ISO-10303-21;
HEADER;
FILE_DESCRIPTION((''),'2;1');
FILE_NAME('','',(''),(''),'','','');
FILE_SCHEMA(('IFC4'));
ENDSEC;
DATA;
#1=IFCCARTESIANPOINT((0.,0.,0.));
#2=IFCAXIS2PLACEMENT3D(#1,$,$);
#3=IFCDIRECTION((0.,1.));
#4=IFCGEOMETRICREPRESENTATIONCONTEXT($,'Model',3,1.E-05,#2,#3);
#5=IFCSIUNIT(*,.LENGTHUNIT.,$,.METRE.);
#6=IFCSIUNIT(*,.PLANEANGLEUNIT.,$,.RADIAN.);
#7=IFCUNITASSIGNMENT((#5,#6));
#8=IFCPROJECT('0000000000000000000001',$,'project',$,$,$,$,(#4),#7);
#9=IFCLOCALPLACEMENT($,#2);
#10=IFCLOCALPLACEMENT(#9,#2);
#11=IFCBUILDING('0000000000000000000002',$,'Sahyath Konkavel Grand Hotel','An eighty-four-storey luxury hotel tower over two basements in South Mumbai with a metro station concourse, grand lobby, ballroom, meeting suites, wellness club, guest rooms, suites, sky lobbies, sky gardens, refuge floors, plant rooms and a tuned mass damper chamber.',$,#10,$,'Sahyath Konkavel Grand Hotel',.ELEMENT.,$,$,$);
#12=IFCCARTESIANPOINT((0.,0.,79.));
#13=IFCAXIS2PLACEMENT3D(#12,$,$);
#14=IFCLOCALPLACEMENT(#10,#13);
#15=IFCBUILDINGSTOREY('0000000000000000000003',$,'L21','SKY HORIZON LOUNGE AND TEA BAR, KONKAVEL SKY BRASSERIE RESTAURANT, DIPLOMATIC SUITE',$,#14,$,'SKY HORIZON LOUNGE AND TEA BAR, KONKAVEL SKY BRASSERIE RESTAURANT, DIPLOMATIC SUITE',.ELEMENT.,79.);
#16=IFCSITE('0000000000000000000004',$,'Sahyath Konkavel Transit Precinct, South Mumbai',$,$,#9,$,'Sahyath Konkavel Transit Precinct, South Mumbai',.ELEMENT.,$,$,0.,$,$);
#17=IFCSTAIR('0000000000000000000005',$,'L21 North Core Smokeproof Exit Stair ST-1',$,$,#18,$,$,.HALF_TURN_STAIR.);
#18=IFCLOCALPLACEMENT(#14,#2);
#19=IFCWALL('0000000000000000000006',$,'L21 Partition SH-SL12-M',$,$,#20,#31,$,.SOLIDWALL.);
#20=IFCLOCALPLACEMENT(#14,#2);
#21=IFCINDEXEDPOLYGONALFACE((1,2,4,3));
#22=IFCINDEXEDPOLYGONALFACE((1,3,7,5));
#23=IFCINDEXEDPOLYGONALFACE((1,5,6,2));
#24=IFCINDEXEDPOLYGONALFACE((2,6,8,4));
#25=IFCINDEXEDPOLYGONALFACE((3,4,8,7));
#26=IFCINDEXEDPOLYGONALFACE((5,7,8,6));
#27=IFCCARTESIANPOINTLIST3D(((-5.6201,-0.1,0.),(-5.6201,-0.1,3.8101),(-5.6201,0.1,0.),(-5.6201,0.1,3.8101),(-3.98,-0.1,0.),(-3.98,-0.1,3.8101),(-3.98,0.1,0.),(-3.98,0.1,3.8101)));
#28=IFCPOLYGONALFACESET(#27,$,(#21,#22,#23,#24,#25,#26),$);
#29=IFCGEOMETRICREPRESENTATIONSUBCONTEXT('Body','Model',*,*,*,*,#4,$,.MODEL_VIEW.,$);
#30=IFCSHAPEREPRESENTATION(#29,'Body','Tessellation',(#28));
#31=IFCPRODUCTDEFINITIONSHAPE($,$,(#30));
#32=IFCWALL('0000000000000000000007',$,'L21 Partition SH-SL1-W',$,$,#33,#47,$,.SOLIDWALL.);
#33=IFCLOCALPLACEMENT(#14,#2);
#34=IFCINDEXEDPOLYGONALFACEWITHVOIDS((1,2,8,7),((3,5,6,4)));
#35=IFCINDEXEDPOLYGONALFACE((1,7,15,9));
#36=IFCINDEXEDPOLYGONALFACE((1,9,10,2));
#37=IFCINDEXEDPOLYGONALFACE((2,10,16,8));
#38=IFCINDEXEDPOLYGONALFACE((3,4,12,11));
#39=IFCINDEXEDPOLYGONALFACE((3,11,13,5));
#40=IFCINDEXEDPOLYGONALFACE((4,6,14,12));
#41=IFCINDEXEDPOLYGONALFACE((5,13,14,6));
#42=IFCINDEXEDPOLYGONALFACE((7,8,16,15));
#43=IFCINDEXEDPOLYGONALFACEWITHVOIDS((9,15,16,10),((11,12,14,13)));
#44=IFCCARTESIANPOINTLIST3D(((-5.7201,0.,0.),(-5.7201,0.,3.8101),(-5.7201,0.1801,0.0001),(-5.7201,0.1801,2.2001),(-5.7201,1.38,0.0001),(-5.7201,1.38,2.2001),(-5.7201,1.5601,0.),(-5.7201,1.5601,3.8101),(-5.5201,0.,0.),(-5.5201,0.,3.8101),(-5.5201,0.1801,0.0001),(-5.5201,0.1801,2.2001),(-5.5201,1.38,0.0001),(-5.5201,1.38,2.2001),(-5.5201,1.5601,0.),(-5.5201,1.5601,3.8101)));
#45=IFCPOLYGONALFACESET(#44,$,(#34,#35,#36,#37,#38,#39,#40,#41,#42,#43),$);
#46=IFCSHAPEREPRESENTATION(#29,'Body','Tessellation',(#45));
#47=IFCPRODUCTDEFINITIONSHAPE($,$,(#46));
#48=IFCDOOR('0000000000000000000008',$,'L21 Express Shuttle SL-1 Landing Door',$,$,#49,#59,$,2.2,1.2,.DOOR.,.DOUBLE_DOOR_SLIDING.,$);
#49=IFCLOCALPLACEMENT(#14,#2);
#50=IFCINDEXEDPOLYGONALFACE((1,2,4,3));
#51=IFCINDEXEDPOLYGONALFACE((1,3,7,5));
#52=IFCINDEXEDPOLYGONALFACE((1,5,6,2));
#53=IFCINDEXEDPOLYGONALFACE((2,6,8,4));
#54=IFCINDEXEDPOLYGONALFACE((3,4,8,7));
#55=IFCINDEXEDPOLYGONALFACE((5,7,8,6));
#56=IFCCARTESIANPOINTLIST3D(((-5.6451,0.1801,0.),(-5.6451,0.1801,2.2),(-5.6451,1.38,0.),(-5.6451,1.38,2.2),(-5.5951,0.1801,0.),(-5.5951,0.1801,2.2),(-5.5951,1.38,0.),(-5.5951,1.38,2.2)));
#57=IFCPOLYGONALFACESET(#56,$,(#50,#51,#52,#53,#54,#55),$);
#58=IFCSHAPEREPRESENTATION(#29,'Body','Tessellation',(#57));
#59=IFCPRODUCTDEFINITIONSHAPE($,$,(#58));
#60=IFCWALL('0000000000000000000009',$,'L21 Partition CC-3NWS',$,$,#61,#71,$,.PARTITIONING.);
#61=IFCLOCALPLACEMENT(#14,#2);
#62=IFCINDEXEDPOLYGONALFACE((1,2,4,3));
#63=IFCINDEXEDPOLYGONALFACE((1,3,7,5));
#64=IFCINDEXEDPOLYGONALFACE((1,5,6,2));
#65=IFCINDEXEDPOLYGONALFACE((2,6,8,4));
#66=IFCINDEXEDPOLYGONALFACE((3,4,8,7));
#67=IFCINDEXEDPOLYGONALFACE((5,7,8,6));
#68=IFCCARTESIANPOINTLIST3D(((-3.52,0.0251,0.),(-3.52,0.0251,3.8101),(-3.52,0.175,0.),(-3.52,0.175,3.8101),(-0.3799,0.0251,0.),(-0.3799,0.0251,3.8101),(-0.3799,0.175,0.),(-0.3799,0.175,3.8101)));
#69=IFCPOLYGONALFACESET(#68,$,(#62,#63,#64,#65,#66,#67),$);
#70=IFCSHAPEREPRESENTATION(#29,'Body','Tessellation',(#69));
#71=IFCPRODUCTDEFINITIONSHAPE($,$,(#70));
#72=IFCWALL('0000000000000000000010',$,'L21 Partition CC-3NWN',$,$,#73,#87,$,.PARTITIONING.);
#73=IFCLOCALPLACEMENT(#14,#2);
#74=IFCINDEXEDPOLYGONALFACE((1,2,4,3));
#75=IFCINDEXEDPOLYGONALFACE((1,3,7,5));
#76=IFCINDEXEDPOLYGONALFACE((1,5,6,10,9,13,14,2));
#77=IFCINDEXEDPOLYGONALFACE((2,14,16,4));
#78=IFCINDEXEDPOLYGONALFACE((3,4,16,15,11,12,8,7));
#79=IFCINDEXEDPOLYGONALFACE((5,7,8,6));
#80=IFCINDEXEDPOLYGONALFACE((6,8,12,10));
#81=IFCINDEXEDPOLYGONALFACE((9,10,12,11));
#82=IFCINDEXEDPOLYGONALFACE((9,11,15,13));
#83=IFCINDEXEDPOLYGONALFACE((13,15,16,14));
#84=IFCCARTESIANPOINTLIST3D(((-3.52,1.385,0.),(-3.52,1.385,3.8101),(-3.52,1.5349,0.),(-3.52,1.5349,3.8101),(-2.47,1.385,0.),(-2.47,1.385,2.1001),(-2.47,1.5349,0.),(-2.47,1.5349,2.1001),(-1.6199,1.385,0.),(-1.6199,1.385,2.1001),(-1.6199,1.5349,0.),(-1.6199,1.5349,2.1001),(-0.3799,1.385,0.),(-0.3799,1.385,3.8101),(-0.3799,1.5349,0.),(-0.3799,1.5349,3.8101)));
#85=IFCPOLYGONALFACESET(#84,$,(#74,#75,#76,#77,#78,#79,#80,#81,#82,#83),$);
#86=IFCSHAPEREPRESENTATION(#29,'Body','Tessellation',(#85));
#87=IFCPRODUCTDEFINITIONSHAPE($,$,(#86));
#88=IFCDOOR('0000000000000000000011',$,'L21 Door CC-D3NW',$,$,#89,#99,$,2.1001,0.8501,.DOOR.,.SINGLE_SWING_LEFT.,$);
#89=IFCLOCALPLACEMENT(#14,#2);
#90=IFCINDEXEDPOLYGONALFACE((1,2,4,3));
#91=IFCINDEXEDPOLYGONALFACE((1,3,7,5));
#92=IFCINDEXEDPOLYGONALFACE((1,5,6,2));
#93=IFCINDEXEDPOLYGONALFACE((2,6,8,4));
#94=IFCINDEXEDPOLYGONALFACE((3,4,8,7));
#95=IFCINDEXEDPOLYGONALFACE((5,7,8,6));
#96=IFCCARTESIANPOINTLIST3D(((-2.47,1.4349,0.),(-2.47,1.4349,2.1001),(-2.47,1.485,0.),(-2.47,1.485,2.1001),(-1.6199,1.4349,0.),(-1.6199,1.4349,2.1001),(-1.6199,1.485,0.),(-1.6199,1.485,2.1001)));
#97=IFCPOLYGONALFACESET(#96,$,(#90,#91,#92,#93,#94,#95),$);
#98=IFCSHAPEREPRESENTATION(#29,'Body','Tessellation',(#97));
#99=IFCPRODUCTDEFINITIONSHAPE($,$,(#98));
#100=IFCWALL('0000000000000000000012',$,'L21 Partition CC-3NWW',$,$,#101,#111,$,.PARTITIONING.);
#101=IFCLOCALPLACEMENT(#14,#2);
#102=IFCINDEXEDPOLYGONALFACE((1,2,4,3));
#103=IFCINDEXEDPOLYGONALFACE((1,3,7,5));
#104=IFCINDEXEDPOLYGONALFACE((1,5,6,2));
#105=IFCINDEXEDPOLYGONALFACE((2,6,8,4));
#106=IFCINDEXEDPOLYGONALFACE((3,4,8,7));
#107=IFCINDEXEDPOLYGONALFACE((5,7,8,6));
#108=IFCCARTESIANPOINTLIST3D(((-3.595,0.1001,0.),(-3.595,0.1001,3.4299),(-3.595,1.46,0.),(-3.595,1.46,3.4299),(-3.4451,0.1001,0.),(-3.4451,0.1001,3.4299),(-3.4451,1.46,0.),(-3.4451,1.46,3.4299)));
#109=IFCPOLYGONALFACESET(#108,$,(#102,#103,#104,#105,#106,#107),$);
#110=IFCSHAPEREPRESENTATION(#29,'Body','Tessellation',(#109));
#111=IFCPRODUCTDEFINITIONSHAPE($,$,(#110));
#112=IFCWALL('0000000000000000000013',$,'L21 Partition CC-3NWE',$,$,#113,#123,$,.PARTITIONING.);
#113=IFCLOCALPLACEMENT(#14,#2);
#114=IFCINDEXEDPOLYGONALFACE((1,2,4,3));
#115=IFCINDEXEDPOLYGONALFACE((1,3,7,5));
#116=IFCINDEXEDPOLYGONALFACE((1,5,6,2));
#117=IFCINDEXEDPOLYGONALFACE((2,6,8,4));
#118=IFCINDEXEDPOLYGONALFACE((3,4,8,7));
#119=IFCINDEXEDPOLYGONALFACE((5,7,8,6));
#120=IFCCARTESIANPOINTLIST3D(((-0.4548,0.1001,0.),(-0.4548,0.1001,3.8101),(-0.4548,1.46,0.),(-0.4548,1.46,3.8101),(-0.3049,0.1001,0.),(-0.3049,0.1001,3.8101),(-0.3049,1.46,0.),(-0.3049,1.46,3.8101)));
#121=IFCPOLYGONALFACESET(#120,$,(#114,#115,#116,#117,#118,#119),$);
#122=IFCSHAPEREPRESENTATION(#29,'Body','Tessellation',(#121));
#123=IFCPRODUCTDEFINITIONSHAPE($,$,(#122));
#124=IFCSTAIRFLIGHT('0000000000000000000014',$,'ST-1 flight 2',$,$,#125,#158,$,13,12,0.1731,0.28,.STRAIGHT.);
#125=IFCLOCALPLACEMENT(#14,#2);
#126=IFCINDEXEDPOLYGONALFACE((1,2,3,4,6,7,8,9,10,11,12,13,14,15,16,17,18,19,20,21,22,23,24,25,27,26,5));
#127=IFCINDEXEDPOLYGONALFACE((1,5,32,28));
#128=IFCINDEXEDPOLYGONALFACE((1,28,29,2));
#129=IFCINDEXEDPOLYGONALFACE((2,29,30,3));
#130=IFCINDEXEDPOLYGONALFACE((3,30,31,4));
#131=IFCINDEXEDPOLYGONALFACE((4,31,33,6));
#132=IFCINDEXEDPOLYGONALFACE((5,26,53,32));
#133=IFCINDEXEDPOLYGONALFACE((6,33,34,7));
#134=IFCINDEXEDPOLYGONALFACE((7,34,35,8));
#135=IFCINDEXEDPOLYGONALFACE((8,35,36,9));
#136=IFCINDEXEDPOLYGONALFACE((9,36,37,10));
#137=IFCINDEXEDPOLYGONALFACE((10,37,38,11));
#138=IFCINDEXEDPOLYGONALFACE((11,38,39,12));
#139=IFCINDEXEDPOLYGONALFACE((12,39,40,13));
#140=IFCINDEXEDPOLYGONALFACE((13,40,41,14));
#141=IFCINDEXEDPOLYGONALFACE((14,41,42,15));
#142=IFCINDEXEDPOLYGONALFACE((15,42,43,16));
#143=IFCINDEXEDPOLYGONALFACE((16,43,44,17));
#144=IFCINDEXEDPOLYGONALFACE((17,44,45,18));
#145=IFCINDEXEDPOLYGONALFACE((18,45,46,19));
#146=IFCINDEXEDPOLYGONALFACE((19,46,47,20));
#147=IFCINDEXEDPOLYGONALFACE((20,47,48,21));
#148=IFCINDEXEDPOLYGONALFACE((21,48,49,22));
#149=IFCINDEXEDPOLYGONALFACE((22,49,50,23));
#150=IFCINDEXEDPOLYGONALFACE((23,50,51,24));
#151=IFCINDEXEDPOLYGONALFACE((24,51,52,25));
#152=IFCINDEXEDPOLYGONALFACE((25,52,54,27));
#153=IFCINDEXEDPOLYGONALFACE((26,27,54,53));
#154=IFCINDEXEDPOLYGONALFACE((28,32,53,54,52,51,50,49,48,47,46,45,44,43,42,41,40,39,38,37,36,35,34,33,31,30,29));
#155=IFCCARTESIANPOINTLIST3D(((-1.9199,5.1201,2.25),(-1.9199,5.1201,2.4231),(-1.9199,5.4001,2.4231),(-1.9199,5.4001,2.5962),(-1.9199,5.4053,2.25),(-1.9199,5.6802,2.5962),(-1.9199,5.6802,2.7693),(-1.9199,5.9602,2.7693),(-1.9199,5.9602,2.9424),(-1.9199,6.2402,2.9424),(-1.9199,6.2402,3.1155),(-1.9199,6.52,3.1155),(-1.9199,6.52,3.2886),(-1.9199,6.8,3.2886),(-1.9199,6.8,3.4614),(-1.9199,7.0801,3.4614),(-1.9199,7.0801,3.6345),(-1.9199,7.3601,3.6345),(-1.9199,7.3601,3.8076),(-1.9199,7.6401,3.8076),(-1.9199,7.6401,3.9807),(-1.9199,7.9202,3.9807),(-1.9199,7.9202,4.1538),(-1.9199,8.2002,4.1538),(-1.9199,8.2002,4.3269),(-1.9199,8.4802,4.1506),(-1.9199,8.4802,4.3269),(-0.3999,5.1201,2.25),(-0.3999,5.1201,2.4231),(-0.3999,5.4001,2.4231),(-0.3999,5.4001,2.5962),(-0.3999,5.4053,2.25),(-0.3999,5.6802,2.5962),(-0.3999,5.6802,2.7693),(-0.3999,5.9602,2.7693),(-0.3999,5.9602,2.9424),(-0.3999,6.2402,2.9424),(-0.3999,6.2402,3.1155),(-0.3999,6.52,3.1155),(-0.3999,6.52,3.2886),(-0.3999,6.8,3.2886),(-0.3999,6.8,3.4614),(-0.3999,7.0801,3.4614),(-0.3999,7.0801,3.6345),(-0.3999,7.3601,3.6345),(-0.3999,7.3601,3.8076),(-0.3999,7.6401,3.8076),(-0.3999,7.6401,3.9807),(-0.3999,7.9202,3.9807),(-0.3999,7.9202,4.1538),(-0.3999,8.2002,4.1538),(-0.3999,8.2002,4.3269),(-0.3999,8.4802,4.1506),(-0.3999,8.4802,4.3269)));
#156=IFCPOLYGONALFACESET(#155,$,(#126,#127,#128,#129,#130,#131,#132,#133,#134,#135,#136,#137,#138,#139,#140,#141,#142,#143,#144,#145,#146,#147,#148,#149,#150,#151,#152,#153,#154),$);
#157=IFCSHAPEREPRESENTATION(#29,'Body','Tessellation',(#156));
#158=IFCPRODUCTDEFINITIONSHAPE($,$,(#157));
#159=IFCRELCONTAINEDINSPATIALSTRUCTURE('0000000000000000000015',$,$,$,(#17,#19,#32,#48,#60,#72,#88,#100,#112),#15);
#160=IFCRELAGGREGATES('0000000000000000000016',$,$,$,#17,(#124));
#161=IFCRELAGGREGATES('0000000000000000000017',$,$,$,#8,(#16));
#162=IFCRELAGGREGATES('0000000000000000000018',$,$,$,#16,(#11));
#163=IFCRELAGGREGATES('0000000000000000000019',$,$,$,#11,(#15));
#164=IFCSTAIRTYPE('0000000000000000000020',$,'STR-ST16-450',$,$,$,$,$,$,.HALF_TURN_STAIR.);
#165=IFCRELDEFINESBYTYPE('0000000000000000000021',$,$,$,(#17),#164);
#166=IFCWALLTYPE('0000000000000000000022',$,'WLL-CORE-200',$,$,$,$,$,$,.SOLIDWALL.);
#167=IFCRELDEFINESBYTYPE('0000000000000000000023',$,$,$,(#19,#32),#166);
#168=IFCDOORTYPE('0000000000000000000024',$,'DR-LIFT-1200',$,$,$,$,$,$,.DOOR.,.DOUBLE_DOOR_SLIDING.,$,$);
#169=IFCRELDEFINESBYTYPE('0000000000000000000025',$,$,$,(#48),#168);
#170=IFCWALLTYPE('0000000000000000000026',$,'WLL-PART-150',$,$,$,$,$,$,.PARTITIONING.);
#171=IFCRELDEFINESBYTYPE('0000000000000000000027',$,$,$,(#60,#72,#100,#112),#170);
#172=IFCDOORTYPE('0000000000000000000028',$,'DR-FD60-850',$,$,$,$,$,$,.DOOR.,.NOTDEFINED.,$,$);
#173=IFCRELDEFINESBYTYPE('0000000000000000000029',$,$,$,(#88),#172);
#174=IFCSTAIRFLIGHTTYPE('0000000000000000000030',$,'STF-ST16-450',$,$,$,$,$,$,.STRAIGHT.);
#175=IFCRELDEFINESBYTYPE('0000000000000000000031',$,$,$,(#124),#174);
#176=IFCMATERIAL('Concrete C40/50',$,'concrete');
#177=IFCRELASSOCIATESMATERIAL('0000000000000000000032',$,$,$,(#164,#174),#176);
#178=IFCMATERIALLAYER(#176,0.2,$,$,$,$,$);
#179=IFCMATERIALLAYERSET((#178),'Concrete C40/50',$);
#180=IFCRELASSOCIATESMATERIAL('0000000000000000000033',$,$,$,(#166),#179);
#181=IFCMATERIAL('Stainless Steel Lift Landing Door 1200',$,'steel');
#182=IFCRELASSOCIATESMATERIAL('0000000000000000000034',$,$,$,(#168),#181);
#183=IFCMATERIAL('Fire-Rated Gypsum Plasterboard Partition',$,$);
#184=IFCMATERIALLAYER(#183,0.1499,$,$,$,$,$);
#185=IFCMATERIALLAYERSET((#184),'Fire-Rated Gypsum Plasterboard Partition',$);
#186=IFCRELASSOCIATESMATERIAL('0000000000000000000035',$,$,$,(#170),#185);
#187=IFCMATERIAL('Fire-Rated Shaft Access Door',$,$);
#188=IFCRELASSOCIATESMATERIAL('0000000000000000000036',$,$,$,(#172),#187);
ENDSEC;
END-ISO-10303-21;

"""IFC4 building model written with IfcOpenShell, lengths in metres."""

from ifc_helpers import new_model, si_unit, direction, frame, frame_2d, origin, origin_2d, place, context, subcontext, project, spatial, polyline, rectangle, outline, extrude, source, transform, mapped, material, layer, layer_set, type_object, element, fill, aggregate, save


model = new_model("IFC4")

# Units and contexts
model_context = context("Model", 3, precision=1e-05, world=origin(), true_north=direction((0.0, 1.0)))
body_context = subcontext(model_context, "Body", "Model", "MODEL_VIEW")
ifc_project = project(units=[si_unit("LENGTHUNIT", "METRE"), si_unit("PLANEANGLEUNIT", "RADIAN")], contexts=[model_context])

# Site, building, storey
site_placement = place(None, origin())
site = spatial("IfcSite", under=ifc_project, at=site_placement, Name="Sahyath Konkavel Transit Precinct, South Mumbai", LongName="Sahyath Konkavel Transit Precinct, South Mumbai", CompositionType="ELEMENT", RefElevation=0.0)
building_placement = place(site_placement, origin())
building = spatial("IfcBuilding", under=site, at=building_placement, Name="Sahyath Konkavel Grand Hotel", Description="An eighty-four-storey luxury hotel tower over two basements in South Mumbai with a metro station concourse, grand lobby, ballroom, meeting suites, wellness club, guest rooms, suites, sky lobbies, sky gardens, refuge floors, plant rooms and a tuned mass damper chamber.", LongName="Sahyath Konkavel Grand Hotel", CompositionType="ELEMENT")
storey_placement = place(building_placement, frame((0.0, 0.0, 79.0)))
storey = spatial("IfcBuildingStorey", under=building, at=storey_placement, Name="L21", Description="SKY HORIZON LOUNGE AND TEA BAR, KONKAVEL SKY BRASSERIE RESTAURANT, DIPLOMATIC SUITE", LongName="SKY HORIZON LOUNGE AND TEA BAR, KONKAVEL SKY BRASSERIE RESTAURANT, DIPLOMATIC SUITE", CompositionType="ELEMENT", Elevation=79.0)

# Stair
ifc_material_1 = material(Name="Concrete C40/50", Category="concrete")
stair_type = type_object("IfcStairType", Name="STR-ST16-450", PredefinedType="HALF_TURN_STAIR", material=ifc_material_1)
stair_1_placement = place(storey_placement, origin())
stair_1 = element("IfcStair", 1, at=stair_1_placement, inside=storey, type_object=stair_type, Name="L21 North Core Smokeproof Exit Stair ST-1", PredefinedType="HALF_TURN_STAIR")

# Wall
ifc_layer_1 = layer(ifc_material_1, 0.2)
ifc_layer_set_1 = layer_set([ifc_layer_1], Name="Concrete C40/50")
wall_type_1 = type_object("IfcWallType", Name="WLL-CORE-200", PredefinedType="SOLIDWALL", material=ifc_layer_set_1)
for number, where, z_axis, x_axis, name in (
    (2, (-5.6201, 0.0, 0.0), (0.0, 0.0, 1.0), (1.0, 0.0, 0.0), "L21 Partition SH-SL12-M"),
):
    element("IfcWall", number, at=place(storey_placement, frame(where, z_axis=z_axis, x_axis=x_axis)), inside=storey, type_object=wall_type_1, Name=name, PredefinedType="SOLIDWALL", context=body_context, shape_type="SweptSolid", body=[
        extrude(rectangle(XDim=1.6401, YDim=0.2, at=frame_2d((0.8201, 0.0))), origin(), (0.0, 0.0, 1.0), 3.8101),
    ])

# Wall, opening, door
wall_1_placement = place(storey_placement, frame((-5.6201, 0.0, 0.0), z_axis=(0.0, 0.0, 1.0), x_axis=(0.0, 1.0, 0.0)))
wall_1 = element("IfcWall", 3, at=wall_1_placement, inside=storey, type_object=wall_type_1, Name="L21 Partition SH-SL1-W", PredefinedType="SOLIDWALL", context=body_context, shape_type="SweptSolid", body=[
    extrude(rectangle(XDim=1.5601, YDim=0.2, at=frame_2d((0.78, 0.0))), origin(), (0.0, 0.0, 1.0), 3.8101),
])
opening_1_placement = place(wall_1_placement, frame((0.1799, 0.0, 0.0)))
opening_1 = element("IfcOpeningElement", 4, at=opening_1_placement, cuts=wall_1, PredefinedType="OPENING", context=body_context, shape_type="SweptSolid", body=[
    extrude(rectangle(XDim=1.2, YDim=2.2, at=frame_2d((0.6001, 1.1001))), frame((0.0, 0.1099, 0.0), z_axis=(0.0, -1.0, 0.0), x_axis=(1.0, 0.0, 0.0)), (0.0, 0.0, 1.0), 0.22),
])
ifc_material_2 = material(Name="Stainless Steel Lift Landing Door 1200", Category="steel")
door_type_1 = type_object("IfcDoorType", Name="DR-LIFT-1200", OperationType="DOUBLE_DOOR_SLIDING", PredefinedType="DOOR", material=ifc_material_2)
shared_shape_1 = source(origin(), body_context, "Body", "SweptSolid", [
    extrude(rectangle(XDim=1.2, YDim=0.05, at=origin_2d()), origin(), (0.0, 0.0, 1.0), 2.2),
])
door_1_placement = place(opening_1_placement, frame((0.6001, 0.0, 0.0)))
door_1 = element("IfcDoor", 5, at=door_1_placement, inside=storey, type_object=door_type_1, Name="L21 Express Shuttle SL-1 Landing Door", OperationType="DOUBLE_DOOR_SLIDING", OverallHeight=2.2, OverallWidth=1.2, PredefinedType="DOOR", context=body_context, shape_type="MappedRepresentation", body=[
    mapped(shared_shape_1, transform((0.0, 0.0, 0.0), scale=1.0)),
])
fill(opening_1, door_1)

# Wall
ifc_material_3 = material(Name="Fire-Rated Gypsum Plasterboard Partition")
ifc_layer_2 = layer(ifc_material_3, 0.1499)
ifc_layer_set_2 = layer_set([ifc_layer_2], Name="Fire-Rated Gypsum Plasterboard Partition")
wall_type_2 = type_object("IfcWallType", Name="WLL-PART-150", PredefinedType="PARTITIONING", material=ifc_layer_set_2)
wall_2_placement = place(storey_placement, frame((-3.52, 0.1001, 0.0), z_axis=(0.0, 0.0, 1.0), x_axis=(1.0, 0.0, 0.0)))
element("IfcWall", 6, at=wall_2_placement, inside=storey, type_object=wall_type_2, Name="L21 Partition CC-3NWS", PredefinedType="PARTITIONING", context=body_context, shape_type="SweptSolid", body=[
    extrude(rectangle(XDim=3.1401, YDim=0.1499, at=frame_2d((1.5701, 0.0))), origin(), (0.0, 0.0, 1.0), 3.8101),
])

# Wall, opening, door
wall_3_placement = place(storey_placement, frame((-3.52, 1.46, 0.0), z_axis=(0.0, 0.0, 1.0), x_axis=(1.0, 0.0, 0.0)))
wall_3 = element("IfcWall", 7, at=wall_3_placement, inside=storey, type_object=wall_type_2, Name="L21 Partition CC-3NWN", PredefinedType="PARTITIONING", context=body_context, shape_type="SweptSolid", body=[
    extrude(rectangle(XDim=3.1401, YDim=0.1499, at=frame_2d((1.5701, 0.0))), origin(), (0.0, 0.0, 1.0), 3.8101),
])
opening_2_placement = place(wall_3_placement, frame((1.05, 0.0, 0.0)))
opening_2 = element("IfcOpeningElement", 8, at=opening_2_placement, cuts=wall_3, PredefinedType="OPENING", context=body_context, shape_type="SweptSolid", body=[
    extrude(rectangle(XDim=0.8501, YDim=2.1001, at=frame_2d((0.425, 1.05))), frame((0.0, 0.085, 0.0), z_axis=(0.0, -1.0, 0.0), x_axis=(1.0, 0.0, 0.0)), (0.0, 0.0, 1.0), 0.1699),
])
ifc_material_4 = material(Name="Fire-Rated Shaft Access Door")
door_type_2 = type_object("IfcDoorType", Name="DR-FD60-850", OperationType="NOTDEFINED", PredefinedType="DOOR", material=ifc_material_4)
shared_shape_2 = source(origin(), body_context, "Body", "SweptSolid", [
    extrude(rectangle(XDim=0.8501, YDim=0.05, at=origin_2d()), origin(), (0.0, 0.0, 1.0), 2.1001),
])
door_2_placement = place(opening_2_placement, frame((0.425, 0.0, 0.0)))
door_2 = element("IfcDoor", 9, at=door_2_placement, inside=storey, type_object=door_type_2, Name="L21 Door CC-D3NW", OperationType="SINGLE_SWING_LEFT", OverallHeight=2.1001, OverallWidth=0.8501, PredefinedType="DOOR", context=body_context, shape_type="MappedRepresentation", body=[
    mapped(shared_shape_2, transform((0.0, 0.0, 0.0), scale=1.0)),
])
fill(opening_2, door_2)

# Walls
wall_4_placement = place(storey_placement, frame((-3.52, 0.1001, 0.0), z_axis=(0.0, 0.0, 1.0), x_axis=(0.0, 1.0, 0.0)))
element("IfcWall", 10, at=wall_4_placement, inside=storey, type_object=wall_type_2, Name="L21 Partition CC-3NWW", PredefinedType="PARTITIONING", context=body_context, shape_type="SweptSolid", body=[
    extrude(rectangle(XDim=1.3599, YDim=0.1499, at=frame_2d((0.6799, 0.0))), origin(), (0.0, 0.0, 1.0), 3.4299),
])
wall_5_placement = place(storey_placement, frame((-0.3799, 0.1001, 0.0), z_axis=(0.0, 0.0, 1.0), x_axis=(0.0, 1.0, 0.0)))
element("IfcWall", 11, at=wall_5_placement, inside=storey, type_object=wall_type_2, Name="L21 Partition CC-3NWE", PredefinedType="PARTITIONING", context=body_context, shape_type="SweptSolid", body=[
    extrude(rectangle(XDim=1.3599, YDim=0.1499, at=frame_2d((0.6799, 0.0))), origin(), (0.0, 0.0, 1.0), 3.8101),
])

# Stair flight
stair_flight_type = type_object("IfcStairFlightType", Name="STF-ST16-450", PredefinedType="STRAIGHT", material=ifc_material_1)
stair_flight_placement = place(storey_placement, frame((-1.1599, 5.1201, 2.25), z_axis=(0.0, 0.0, 1.0), x_axis=(0.0, 1.0, 0.0)))
stair_flight = element("IfcStairFlight", 12, at=stair_flight_placement, type_object=stair_flight_type, Name="ST-1 flight 2", NumberOfRisers=13, NumberOfTreads=12, PredefinedType="STRAIGHT", RiserHeight=0.1731, TreadLength=0.28, context=body_context, shape_type="SweptSolid", body=[
    extrude(outline(polyline([(0.0, 0.0), (0.0, 0.1731), (0.28, 0.1731), (0.28, 0.3462), (0.5601, 0.3462), (0.5601, 0.5193), (0.8401, 0.5193), (0.8401, 0.6924), (1.1201, 0.6924), (1.1201, 0.8655), (1.3999, 0.8655), (1.3999, 1.0386), (1.6799, 1.0386), (1.6799, 1.2114), (1.96, 1.2114), (1.96, 1.3845), (2.24, 1.3845), (2.24, 1.5576), (2.52, 1.5576), (2.52, 1.7307), (2.8, 1.7307), (2.8, 1.9038), (3.0801, 1.9038), (3.0801, 2.0769), (3.3601, 2.0769), (3.3601, 2.25), (3.3601, 1.9006), (0.2852, 0.0), (0.0, 0.0)])), frame((0.0, 0.76, 0.0), z_axis=(0.0, -1.0, 0.0), x_axis=(1.0, 0.0, 0.0)), (0.0, 0.0, 1.0), 1.52),
])
aggregate(stair_1, [stair_flight])

save(model, "model.ifc")
